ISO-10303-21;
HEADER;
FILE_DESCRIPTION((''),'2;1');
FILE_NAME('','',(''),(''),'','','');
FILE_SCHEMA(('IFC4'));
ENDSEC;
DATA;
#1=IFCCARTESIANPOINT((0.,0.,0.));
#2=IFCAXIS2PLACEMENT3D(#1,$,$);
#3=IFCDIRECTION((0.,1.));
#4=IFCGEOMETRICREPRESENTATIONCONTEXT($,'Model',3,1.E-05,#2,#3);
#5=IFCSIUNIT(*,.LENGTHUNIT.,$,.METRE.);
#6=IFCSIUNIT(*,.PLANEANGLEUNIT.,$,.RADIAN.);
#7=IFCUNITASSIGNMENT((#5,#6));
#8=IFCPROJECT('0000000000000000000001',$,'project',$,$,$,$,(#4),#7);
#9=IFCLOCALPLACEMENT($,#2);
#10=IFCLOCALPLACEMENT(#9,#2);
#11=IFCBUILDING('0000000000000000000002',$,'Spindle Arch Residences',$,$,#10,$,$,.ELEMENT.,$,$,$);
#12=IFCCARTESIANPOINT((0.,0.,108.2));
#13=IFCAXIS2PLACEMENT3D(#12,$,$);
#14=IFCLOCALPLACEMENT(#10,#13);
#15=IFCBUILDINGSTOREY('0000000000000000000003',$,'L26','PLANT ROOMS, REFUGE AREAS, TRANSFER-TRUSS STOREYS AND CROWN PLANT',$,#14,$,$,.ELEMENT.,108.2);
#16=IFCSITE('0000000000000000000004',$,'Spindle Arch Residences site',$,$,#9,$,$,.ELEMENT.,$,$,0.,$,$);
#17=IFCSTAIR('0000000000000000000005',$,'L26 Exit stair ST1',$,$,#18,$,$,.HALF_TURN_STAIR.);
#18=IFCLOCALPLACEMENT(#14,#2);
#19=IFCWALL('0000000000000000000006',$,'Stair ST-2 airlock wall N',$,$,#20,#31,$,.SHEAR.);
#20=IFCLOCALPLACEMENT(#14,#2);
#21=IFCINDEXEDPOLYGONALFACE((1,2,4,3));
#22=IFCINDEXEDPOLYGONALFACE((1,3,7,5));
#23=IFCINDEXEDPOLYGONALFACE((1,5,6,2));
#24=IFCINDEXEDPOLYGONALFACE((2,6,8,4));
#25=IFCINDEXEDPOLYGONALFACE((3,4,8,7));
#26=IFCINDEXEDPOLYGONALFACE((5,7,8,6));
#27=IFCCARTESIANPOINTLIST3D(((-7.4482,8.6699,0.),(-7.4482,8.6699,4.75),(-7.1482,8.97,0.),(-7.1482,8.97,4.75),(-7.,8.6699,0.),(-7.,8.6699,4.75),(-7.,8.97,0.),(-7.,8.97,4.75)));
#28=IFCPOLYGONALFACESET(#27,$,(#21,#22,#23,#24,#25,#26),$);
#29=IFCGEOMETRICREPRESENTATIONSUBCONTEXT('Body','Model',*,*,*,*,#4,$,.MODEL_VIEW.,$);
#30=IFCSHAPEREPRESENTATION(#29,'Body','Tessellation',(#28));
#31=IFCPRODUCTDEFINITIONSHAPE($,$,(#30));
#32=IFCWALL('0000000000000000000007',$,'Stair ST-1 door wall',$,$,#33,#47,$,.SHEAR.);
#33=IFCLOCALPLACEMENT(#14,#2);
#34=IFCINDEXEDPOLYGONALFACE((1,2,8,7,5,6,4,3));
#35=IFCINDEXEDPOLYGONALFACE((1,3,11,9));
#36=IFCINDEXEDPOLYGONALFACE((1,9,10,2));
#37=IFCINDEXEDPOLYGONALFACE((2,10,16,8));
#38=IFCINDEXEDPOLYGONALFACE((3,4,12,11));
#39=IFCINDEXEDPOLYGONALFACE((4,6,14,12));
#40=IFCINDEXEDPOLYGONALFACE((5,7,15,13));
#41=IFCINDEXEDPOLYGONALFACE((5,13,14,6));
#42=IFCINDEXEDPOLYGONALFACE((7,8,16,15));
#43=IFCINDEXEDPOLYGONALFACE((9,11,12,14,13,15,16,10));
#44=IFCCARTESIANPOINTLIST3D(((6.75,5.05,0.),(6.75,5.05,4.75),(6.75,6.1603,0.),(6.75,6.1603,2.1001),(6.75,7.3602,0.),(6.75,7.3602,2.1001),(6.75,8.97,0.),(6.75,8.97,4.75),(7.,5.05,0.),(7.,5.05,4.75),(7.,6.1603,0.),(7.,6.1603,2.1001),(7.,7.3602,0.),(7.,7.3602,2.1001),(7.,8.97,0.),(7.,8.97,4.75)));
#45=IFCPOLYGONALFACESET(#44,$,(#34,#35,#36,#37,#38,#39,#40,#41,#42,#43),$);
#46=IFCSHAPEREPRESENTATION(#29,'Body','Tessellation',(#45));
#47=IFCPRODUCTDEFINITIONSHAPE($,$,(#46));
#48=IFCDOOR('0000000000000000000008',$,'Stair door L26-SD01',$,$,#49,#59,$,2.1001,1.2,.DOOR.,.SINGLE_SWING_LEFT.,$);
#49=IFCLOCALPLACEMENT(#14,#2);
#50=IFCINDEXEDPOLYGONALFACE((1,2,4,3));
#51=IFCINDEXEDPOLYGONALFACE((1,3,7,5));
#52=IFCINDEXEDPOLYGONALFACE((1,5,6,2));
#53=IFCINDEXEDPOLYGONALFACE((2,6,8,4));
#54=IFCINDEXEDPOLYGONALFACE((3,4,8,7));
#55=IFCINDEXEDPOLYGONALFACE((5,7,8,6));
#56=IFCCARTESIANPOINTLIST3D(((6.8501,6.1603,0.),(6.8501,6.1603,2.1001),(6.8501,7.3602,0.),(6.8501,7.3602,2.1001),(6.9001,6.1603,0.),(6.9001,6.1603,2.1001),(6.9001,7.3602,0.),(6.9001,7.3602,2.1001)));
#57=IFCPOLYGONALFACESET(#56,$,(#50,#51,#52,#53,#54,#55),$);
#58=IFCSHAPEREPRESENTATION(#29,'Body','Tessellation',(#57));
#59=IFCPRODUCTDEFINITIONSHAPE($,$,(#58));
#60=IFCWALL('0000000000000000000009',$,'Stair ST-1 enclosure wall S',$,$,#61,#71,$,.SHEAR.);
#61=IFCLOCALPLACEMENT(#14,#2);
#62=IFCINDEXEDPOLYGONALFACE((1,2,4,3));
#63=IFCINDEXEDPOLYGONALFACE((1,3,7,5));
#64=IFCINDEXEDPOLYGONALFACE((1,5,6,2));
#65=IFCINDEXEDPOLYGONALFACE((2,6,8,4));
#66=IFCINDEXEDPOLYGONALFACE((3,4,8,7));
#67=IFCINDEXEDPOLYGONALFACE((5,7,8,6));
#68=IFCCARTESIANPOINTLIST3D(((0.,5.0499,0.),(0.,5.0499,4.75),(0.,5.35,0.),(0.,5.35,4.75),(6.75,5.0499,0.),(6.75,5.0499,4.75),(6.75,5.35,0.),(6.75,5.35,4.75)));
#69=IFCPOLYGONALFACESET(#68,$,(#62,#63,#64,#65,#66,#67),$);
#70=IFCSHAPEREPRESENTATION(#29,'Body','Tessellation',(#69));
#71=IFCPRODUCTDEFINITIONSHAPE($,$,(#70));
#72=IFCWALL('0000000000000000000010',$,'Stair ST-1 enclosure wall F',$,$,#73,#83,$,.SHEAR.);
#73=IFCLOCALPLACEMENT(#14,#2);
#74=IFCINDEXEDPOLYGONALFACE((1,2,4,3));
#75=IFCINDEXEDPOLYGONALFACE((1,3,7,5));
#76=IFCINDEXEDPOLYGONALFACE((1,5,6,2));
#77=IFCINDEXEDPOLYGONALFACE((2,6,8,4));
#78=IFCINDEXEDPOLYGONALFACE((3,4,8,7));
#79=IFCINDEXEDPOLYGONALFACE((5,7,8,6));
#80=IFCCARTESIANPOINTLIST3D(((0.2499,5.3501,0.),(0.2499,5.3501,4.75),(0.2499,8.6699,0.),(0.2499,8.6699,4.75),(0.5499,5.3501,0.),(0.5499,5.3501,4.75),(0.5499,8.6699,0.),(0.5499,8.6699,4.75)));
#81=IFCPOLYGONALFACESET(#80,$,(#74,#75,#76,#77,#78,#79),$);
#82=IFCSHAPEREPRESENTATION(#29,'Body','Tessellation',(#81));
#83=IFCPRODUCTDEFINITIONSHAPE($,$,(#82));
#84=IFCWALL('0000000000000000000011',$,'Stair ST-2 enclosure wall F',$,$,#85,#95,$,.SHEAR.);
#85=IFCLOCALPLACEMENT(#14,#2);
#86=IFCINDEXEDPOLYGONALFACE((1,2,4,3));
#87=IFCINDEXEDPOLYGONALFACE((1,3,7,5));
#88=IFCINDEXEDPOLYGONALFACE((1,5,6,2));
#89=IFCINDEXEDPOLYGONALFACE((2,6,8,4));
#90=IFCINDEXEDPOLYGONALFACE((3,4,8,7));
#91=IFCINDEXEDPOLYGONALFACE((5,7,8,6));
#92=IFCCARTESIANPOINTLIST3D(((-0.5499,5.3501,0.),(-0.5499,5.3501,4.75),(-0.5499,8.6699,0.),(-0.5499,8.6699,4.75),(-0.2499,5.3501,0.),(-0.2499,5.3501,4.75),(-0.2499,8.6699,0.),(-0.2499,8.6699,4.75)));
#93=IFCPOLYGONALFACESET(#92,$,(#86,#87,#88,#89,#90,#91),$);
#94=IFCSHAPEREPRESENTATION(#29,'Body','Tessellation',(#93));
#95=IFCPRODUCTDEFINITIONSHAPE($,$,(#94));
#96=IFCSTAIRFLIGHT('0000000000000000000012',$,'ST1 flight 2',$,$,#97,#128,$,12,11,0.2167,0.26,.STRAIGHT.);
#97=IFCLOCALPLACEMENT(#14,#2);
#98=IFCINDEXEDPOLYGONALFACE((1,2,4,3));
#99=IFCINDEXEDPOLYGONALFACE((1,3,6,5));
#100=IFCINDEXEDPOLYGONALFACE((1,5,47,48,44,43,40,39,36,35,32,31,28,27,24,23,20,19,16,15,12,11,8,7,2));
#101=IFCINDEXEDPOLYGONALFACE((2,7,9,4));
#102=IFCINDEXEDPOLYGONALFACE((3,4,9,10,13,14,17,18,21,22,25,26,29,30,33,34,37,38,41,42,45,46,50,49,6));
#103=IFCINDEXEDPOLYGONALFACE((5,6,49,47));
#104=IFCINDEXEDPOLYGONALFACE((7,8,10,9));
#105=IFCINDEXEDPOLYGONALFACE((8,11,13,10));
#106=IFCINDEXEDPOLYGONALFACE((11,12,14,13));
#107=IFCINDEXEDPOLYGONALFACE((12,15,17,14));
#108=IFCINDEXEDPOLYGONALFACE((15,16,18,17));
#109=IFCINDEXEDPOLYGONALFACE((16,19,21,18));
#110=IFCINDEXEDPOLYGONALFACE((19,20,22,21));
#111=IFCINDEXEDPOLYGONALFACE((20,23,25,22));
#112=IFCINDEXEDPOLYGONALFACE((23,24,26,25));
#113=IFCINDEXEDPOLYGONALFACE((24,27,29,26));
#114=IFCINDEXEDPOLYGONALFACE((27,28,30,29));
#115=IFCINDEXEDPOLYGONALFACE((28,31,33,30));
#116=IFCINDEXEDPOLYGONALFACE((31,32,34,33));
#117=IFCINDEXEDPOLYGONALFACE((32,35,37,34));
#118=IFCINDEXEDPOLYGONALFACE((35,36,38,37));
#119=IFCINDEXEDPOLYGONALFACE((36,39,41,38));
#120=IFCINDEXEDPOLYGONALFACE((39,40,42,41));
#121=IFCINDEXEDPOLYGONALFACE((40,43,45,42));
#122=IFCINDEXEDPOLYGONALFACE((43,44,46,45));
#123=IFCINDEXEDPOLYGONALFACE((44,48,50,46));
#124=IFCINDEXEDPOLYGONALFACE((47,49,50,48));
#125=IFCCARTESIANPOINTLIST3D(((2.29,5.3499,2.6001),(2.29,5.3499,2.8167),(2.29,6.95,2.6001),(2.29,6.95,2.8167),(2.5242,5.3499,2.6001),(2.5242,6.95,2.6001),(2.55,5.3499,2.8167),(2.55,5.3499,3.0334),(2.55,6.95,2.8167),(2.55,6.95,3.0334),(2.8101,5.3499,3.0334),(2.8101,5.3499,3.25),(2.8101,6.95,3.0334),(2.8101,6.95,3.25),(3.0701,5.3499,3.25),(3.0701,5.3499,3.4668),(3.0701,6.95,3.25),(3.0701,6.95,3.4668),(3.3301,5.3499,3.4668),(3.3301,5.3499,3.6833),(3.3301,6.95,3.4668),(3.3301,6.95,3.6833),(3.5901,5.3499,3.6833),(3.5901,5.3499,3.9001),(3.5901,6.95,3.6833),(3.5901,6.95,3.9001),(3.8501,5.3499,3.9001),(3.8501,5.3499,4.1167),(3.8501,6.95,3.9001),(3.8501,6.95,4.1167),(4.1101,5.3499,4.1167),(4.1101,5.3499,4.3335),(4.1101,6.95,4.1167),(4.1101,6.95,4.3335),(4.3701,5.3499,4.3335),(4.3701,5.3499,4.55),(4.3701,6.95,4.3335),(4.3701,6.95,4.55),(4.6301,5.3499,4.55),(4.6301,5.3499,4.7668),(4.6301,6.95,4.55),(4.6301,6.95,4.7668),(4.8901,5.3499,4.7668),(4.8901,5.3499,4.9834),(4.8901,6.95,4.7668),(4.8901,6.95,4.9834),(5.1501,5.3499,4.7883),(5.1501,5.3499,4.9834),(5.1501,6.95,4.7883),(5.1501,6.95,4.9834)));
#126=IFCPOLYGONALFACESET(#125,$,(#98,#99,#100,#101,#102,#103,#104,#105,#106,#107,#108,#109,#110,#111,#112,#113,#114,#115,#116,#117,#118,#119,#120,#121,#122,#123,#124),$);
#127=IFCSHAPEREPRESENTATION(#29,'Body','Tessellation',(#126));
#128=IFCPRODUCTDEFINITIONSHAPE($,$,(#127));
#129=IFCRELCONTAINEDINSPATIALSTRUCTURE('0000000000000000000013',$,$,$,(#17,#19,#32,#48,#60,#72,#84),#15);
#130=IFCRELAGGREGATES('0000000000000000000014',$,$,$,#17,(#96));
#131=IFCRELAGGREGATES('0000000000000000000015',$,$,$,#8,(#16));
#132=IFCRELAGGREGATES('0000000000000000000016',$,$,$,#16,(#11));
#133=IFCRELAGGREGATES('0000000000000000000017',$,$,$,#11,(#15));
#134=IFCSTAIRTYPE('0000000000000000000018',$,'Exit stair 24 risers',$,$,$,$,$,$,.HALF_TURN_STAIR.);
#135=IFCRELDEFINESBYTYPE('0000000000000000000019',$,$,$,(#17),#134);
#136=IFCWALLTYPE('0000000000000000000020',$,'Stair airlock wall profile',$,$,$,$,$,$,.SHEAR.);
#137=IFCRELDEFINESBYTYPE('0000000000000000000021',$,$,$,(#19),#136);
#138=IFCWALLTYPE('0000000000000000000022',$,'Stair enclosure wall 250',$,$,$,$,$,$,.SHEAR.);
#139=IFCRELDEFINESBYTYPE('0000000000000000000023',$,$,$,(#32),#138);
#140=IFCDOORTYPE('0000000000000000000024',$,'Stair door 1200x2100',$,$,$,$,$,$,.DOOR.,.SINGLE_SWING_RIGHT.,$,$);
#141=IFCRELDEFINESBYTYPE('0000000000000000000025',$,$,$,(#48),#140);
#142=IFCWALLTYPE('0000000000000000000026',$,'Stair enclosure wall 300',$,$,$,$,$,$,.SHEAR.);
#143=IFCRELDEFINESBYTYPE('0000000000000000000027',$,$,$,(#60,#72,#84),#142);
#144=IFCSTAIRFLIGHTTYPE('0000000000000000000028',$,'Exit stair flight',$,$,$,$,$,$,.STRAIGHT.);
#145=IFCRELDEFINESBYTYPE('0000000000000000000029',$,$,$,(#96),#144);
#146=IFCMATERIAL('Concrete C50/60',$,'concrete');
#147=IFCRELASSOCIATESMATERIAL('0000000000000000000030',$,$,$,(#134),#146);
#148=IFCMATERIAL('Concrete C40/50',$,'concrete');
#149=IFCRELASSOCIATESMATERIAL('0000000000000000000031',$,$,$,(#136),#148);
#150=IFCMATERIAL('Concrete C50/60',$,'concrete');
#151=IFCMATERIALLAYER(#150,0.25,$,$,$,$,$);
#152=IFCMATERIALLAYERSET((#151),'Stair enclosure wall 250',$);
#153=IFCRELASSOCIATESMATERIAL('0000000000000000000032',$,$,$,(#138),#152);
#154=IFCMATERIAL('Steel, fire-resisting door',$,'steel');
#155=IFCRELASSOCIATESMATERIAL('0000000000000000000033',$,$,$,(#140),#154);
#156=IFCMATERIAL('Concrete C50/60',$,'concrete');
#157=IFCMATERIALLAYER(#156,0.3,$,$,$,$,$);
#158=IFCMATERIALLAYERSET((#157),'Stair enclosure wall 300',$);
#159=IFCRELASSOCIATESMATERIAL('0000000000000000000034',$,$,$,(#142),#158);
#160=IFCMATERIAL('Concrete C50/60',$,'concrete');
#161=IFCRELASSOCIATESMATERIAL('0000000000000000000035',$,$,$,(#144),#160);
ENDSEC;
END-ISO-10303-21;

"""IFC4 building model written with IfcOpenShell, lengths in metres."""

from ifc_helpers import new_model, si_unit, direction, frame, frame_2d, origin, place, context, subcontext, project, spatial, polyline, rectangle, outline, extrude, material, layer, layer_set, type_object, element, fill, aggregate, save


model = new_model("IFC4")

# Units and contexts
model_context = context("Model", 3, precision=1e-05, world=origin(), true_north=direction((0.0, 1.0)))
body_context = subcontext(model_context, "Body", "Model", "MODEL_VIEW")
ifc_project = project(units=[si_unit("LENGTHUNIT", "METRE"), si_unit("PLANEANGLEUNIT", "RADIAN")], contexts=[model_context])

# Site, building, storey
site_placement = place(None, origin())
site = spatial("IfcSite", under=ifc_project, at=site_placement, Name="Spindle Arch Residences site", CompositionType="ELEMENT", RefElevation=0.0)
building_placement = place(site_placement, origin())
building = spatial("IfcBuilding", under=site, at=building_placement, Name="Spindle Arch Residences", CompositionType="ELEMENT")
storey_placement = place(building_placement, frame((0.0, 0.0, 108.2)))
storey = spatial("IfcBuildingStorey", under=building, at=storey_placement, Name="L26", Description="PLANT ROOMS, REFUGE AREAS, TRANSFER-TRUSS STOREYS AND CROWN PLANT", CompositionType="ELEMENT", Elevation=108.2)

# Stair
ifc_material_1 = material(Name="Concrete C50/60", Category="concrete")
stair_type = type_object("IfcStairType", Name="Exit stair 24 risers", PredefinedType="HALF_TURN_STAIR", material=ifc_material_1)
stair_1_placement = place(storey_placement, origin())
stair_1 = element("IfcStair", 1, at=stair_1_placement, inside=storey, type_object=stair_type, Name="L26 Exit stair ST1", PredefinedType="HALF_TURN_STAIR")

# Wall
ifc_material_2 = material(Name="Concrete C40/50", Category="concrete")
wall_type_1 = type_object("IfcWallType", Name="Stair airlock wall profile", PredefinedType="SHEAR", material=ifc_material_2)
wall_1_placement = place(storey_placement, origin())
element("IfcWall", 2, at=wall_1_placement, inside=storey, type_object=wall_type_1, Name="Stair ST-2 airlock wall N", PredefinedType="SHEAR", context=body_context, shape_type="SweptSolid", body=[
    extrude(outline(polyline([(-7.1482, 8.97), (-7.0, 8.97), (-7.0, 8.6699), (-7.4482, 8.6699), (-7.1482, 8.97)])), origin(), (0.0, 0.0, 1.0), 4.75),
])

# Wall, opening, door
ifc_material_3 = material(Name="Concrete C50/60", Category="concrete")
ifc_layer_1 = layer(ifc_material_3, 0.25)
ifc_layer_set_1 = layer_set([ifc_layer_1], Name="Stair enclosure wall 250")
wall_type_2 = type_object("IfcWallType", Name="Stair enclosure wall 250", PredefinedType="SHEAR", material=ifc_layer_set_1)
wall_2_placement = place(storey_placement, frame((6.875, 5.05, 0.0), z_axis=(0.0, 0.0, 1.0), x_axis=(0.0, 1.0, 0.0)))
wall_2 = element("IfcWall", 3, at=wall_2_placement, inside=storey, type_object=wall_type_2, Name="Stair ST-1 door wall", PredefinedType="SHEAR", context=body_context, shape_type="SweptSolid", body=[
    extrude(rectangle(XDim=3.9199, YDim=0.25, at=frame_2d((1.96, 0.0))), origin(), (0.0, 0.0, 1.0), 4.75),
])
opening_1_placement = place(wall_2_placement, frame((1.1101, 0.0, 0.0)))
opening_1 = element("IfcOpeningElement", 4, at=opening_1_placement, cuts=wall_2, PredefinedType="OPENING", context=body_context, shape_type="SweptSolid", body=[
    extrude(rectangle(XDim=1.2, YDim=2.1001, at=frame_2d((0.6001, 1.05))), frame((0.0, 0.135, 0.0), z_axis=(0.0, -1.0, 0.0), x_axis=(1.0, 0.0, 0.0)), (0.0, 0.0, 1.0), 0.27),
])
ifc_material_4 = material(Name="Steel, fire-resisting door", Category="steel")
door_type_1 = type_object("IfcDoorType", Name="Stair door 1200x2100", OperationType="SINGLE_SWING_RIGHT", PredefinedType="DOOR", material=ifc_material_4)
door_1_placement = place(opening_1_placement, origin())
door_1 = element("IfcDoor", 5, at=door_1_placement, inside=storey, type_object=door_type_1, Name="Stair door L26-SD01", OperationType="SINGLE_SWING_LEFT", OverallHeight=2.1001, OverallWidth=1.2, PredefinedType="DOOR", context=body_context, shape_type="SweptSolid", body=[
    extrude(rectangle(XDim=1.2, YDim=2.1001, at=frame_2d((0.6001, 1.05))), frame((0.0, 0.0249, 0.0), z_axis=(0.0, -1.0, 0.0), x_axis=(1.0, 0.0, 0.0)), (0.0, 0.0, 1.0), 0.05),
])
fill(opening_1, door_1)

# Walls
ifc_material_5 = material(Name="Concrete C50/60", Category="concrete")
ifc_layer_2 = layer(ifc_material_5, 0.3)
ifc_layer_set_2 = layer_set([ifc_layer_2], Name="Stair enclosure wall 300")
wall_type_3 = type_object("IfcWallType", Name="Stair enclosure wall 300", PredefinedType="SHEAR", material=ifc_layer_set_2)
wall_3_placement = place(storey_placement, frame((0.0, 5.2, 0.0), z_axis=(0.0, 0.0, 1.0), x_axis=(1.0, 0.0, 0.0)))
element("IfcWall", 6, at=wall_3_placement, inside=storey, type_object=wall_type_3, Name="Stair ST-1 enclosure wall S", PredefinedType="SHEAR", context=body_context, shape_type="SweptSolid", body=[
    extrude(rectangle(XDim=6.75, YDim=0.3, at=frame_2d((3.375, 0.0))), origin(), (0.0, 0.0, 1.0), 4.75),
])
for number, where, z_axis, x_axis, name in (
    (7, (0.3999, 5.3501, 0.0), (0.0, 0.0, 1.0), (0.0, 1.0, 0.0), "Stair ST-1 enclosure wall F"),
    (8, (-0.3999, 5.3501, 0.0), (0.0, 0.0, 1.0), (0.0, 1.0, 0.0), "Stair ST-2 enclosure wall F"),
):
    element("IfcWall", number, at=place(storey_placement, frame(where, z_axis=z_axis, x_axis=x_axis)), inside=storey, type_object=wall_type_3, Name=name, PredefinedType="SHEAR", context=body_context, shape_type="SweptSolid", body=[
        extrude(rectangle(XDim=3.3198, YDim=0.3, at=frame_2d((1.6599, 0.0))), origin(), (0.0, 0.0, 1.0), 4.75),
    ])

# Stair flight
ifc_material_6 = material(Name="Concrete C50/60", Category="concrete")
stair_flight_type = type_object("IfcStairFlightType", Name="Exit stair flight", PredefinedType="STRAIGHT", material=ifc_material_6)
stair_flight_placement = place(storey_placement, frame((2.29, 6.1499, 2.6001), z_axis=(0.0, 0.0, 1.0), x_axis=(1.0, 0.0, 0.0)))
stair_flight = element("IfcStairFlight", 9, at=stair_flight_placement, type_object=stair_flight_type, Name="ST1 flight 2", NumberOfRisers=12, NumberOfTreads=11, PredefinedType="STRAIGHT", RiserHeight=0.2167, TreadLength=0.26, context=body_context, shape_type="SweptSolid", body=[
    extrude(outline(polyline([(0.0, 0.0), (0.0, 0.2166), (0.26, 0.2166), (0.26, 0.4333), (0.52, 0.4333), (0.52, 0.6499), (0.78, 0.6499), (0.78, 0.8667), (1.04, 0.8667), (1.04, 1.0833), (1.3, 1.0833), (1.3, 1.3), (1.5601, 1.3), (1.5601, 1.5166), (1.8201, 1.5166), (1.8201, 1.7334), (2.0801, 1.7334), (2.0801, 1.95), (2.3401, 1.95), (2.3401, 2.1667), (2.6001, 2.1667), (2.6001, 2.3833), (2.8601, 2.3833), (2.8601, 2.6001), (2.8601, 2.1882), (0.2341, 0.0), (0.0, 0.0)])), frame((0.0, 0.8, 0.0), z_axis=(0.0, -1.0, 0.0), x_axis=(1.0, 0.0, 0.0)), (0.0, 0.0, 1.0), 1.6001),
])
aggregate(stair_1, [stair_flight])

save(model, "model.ifc")
